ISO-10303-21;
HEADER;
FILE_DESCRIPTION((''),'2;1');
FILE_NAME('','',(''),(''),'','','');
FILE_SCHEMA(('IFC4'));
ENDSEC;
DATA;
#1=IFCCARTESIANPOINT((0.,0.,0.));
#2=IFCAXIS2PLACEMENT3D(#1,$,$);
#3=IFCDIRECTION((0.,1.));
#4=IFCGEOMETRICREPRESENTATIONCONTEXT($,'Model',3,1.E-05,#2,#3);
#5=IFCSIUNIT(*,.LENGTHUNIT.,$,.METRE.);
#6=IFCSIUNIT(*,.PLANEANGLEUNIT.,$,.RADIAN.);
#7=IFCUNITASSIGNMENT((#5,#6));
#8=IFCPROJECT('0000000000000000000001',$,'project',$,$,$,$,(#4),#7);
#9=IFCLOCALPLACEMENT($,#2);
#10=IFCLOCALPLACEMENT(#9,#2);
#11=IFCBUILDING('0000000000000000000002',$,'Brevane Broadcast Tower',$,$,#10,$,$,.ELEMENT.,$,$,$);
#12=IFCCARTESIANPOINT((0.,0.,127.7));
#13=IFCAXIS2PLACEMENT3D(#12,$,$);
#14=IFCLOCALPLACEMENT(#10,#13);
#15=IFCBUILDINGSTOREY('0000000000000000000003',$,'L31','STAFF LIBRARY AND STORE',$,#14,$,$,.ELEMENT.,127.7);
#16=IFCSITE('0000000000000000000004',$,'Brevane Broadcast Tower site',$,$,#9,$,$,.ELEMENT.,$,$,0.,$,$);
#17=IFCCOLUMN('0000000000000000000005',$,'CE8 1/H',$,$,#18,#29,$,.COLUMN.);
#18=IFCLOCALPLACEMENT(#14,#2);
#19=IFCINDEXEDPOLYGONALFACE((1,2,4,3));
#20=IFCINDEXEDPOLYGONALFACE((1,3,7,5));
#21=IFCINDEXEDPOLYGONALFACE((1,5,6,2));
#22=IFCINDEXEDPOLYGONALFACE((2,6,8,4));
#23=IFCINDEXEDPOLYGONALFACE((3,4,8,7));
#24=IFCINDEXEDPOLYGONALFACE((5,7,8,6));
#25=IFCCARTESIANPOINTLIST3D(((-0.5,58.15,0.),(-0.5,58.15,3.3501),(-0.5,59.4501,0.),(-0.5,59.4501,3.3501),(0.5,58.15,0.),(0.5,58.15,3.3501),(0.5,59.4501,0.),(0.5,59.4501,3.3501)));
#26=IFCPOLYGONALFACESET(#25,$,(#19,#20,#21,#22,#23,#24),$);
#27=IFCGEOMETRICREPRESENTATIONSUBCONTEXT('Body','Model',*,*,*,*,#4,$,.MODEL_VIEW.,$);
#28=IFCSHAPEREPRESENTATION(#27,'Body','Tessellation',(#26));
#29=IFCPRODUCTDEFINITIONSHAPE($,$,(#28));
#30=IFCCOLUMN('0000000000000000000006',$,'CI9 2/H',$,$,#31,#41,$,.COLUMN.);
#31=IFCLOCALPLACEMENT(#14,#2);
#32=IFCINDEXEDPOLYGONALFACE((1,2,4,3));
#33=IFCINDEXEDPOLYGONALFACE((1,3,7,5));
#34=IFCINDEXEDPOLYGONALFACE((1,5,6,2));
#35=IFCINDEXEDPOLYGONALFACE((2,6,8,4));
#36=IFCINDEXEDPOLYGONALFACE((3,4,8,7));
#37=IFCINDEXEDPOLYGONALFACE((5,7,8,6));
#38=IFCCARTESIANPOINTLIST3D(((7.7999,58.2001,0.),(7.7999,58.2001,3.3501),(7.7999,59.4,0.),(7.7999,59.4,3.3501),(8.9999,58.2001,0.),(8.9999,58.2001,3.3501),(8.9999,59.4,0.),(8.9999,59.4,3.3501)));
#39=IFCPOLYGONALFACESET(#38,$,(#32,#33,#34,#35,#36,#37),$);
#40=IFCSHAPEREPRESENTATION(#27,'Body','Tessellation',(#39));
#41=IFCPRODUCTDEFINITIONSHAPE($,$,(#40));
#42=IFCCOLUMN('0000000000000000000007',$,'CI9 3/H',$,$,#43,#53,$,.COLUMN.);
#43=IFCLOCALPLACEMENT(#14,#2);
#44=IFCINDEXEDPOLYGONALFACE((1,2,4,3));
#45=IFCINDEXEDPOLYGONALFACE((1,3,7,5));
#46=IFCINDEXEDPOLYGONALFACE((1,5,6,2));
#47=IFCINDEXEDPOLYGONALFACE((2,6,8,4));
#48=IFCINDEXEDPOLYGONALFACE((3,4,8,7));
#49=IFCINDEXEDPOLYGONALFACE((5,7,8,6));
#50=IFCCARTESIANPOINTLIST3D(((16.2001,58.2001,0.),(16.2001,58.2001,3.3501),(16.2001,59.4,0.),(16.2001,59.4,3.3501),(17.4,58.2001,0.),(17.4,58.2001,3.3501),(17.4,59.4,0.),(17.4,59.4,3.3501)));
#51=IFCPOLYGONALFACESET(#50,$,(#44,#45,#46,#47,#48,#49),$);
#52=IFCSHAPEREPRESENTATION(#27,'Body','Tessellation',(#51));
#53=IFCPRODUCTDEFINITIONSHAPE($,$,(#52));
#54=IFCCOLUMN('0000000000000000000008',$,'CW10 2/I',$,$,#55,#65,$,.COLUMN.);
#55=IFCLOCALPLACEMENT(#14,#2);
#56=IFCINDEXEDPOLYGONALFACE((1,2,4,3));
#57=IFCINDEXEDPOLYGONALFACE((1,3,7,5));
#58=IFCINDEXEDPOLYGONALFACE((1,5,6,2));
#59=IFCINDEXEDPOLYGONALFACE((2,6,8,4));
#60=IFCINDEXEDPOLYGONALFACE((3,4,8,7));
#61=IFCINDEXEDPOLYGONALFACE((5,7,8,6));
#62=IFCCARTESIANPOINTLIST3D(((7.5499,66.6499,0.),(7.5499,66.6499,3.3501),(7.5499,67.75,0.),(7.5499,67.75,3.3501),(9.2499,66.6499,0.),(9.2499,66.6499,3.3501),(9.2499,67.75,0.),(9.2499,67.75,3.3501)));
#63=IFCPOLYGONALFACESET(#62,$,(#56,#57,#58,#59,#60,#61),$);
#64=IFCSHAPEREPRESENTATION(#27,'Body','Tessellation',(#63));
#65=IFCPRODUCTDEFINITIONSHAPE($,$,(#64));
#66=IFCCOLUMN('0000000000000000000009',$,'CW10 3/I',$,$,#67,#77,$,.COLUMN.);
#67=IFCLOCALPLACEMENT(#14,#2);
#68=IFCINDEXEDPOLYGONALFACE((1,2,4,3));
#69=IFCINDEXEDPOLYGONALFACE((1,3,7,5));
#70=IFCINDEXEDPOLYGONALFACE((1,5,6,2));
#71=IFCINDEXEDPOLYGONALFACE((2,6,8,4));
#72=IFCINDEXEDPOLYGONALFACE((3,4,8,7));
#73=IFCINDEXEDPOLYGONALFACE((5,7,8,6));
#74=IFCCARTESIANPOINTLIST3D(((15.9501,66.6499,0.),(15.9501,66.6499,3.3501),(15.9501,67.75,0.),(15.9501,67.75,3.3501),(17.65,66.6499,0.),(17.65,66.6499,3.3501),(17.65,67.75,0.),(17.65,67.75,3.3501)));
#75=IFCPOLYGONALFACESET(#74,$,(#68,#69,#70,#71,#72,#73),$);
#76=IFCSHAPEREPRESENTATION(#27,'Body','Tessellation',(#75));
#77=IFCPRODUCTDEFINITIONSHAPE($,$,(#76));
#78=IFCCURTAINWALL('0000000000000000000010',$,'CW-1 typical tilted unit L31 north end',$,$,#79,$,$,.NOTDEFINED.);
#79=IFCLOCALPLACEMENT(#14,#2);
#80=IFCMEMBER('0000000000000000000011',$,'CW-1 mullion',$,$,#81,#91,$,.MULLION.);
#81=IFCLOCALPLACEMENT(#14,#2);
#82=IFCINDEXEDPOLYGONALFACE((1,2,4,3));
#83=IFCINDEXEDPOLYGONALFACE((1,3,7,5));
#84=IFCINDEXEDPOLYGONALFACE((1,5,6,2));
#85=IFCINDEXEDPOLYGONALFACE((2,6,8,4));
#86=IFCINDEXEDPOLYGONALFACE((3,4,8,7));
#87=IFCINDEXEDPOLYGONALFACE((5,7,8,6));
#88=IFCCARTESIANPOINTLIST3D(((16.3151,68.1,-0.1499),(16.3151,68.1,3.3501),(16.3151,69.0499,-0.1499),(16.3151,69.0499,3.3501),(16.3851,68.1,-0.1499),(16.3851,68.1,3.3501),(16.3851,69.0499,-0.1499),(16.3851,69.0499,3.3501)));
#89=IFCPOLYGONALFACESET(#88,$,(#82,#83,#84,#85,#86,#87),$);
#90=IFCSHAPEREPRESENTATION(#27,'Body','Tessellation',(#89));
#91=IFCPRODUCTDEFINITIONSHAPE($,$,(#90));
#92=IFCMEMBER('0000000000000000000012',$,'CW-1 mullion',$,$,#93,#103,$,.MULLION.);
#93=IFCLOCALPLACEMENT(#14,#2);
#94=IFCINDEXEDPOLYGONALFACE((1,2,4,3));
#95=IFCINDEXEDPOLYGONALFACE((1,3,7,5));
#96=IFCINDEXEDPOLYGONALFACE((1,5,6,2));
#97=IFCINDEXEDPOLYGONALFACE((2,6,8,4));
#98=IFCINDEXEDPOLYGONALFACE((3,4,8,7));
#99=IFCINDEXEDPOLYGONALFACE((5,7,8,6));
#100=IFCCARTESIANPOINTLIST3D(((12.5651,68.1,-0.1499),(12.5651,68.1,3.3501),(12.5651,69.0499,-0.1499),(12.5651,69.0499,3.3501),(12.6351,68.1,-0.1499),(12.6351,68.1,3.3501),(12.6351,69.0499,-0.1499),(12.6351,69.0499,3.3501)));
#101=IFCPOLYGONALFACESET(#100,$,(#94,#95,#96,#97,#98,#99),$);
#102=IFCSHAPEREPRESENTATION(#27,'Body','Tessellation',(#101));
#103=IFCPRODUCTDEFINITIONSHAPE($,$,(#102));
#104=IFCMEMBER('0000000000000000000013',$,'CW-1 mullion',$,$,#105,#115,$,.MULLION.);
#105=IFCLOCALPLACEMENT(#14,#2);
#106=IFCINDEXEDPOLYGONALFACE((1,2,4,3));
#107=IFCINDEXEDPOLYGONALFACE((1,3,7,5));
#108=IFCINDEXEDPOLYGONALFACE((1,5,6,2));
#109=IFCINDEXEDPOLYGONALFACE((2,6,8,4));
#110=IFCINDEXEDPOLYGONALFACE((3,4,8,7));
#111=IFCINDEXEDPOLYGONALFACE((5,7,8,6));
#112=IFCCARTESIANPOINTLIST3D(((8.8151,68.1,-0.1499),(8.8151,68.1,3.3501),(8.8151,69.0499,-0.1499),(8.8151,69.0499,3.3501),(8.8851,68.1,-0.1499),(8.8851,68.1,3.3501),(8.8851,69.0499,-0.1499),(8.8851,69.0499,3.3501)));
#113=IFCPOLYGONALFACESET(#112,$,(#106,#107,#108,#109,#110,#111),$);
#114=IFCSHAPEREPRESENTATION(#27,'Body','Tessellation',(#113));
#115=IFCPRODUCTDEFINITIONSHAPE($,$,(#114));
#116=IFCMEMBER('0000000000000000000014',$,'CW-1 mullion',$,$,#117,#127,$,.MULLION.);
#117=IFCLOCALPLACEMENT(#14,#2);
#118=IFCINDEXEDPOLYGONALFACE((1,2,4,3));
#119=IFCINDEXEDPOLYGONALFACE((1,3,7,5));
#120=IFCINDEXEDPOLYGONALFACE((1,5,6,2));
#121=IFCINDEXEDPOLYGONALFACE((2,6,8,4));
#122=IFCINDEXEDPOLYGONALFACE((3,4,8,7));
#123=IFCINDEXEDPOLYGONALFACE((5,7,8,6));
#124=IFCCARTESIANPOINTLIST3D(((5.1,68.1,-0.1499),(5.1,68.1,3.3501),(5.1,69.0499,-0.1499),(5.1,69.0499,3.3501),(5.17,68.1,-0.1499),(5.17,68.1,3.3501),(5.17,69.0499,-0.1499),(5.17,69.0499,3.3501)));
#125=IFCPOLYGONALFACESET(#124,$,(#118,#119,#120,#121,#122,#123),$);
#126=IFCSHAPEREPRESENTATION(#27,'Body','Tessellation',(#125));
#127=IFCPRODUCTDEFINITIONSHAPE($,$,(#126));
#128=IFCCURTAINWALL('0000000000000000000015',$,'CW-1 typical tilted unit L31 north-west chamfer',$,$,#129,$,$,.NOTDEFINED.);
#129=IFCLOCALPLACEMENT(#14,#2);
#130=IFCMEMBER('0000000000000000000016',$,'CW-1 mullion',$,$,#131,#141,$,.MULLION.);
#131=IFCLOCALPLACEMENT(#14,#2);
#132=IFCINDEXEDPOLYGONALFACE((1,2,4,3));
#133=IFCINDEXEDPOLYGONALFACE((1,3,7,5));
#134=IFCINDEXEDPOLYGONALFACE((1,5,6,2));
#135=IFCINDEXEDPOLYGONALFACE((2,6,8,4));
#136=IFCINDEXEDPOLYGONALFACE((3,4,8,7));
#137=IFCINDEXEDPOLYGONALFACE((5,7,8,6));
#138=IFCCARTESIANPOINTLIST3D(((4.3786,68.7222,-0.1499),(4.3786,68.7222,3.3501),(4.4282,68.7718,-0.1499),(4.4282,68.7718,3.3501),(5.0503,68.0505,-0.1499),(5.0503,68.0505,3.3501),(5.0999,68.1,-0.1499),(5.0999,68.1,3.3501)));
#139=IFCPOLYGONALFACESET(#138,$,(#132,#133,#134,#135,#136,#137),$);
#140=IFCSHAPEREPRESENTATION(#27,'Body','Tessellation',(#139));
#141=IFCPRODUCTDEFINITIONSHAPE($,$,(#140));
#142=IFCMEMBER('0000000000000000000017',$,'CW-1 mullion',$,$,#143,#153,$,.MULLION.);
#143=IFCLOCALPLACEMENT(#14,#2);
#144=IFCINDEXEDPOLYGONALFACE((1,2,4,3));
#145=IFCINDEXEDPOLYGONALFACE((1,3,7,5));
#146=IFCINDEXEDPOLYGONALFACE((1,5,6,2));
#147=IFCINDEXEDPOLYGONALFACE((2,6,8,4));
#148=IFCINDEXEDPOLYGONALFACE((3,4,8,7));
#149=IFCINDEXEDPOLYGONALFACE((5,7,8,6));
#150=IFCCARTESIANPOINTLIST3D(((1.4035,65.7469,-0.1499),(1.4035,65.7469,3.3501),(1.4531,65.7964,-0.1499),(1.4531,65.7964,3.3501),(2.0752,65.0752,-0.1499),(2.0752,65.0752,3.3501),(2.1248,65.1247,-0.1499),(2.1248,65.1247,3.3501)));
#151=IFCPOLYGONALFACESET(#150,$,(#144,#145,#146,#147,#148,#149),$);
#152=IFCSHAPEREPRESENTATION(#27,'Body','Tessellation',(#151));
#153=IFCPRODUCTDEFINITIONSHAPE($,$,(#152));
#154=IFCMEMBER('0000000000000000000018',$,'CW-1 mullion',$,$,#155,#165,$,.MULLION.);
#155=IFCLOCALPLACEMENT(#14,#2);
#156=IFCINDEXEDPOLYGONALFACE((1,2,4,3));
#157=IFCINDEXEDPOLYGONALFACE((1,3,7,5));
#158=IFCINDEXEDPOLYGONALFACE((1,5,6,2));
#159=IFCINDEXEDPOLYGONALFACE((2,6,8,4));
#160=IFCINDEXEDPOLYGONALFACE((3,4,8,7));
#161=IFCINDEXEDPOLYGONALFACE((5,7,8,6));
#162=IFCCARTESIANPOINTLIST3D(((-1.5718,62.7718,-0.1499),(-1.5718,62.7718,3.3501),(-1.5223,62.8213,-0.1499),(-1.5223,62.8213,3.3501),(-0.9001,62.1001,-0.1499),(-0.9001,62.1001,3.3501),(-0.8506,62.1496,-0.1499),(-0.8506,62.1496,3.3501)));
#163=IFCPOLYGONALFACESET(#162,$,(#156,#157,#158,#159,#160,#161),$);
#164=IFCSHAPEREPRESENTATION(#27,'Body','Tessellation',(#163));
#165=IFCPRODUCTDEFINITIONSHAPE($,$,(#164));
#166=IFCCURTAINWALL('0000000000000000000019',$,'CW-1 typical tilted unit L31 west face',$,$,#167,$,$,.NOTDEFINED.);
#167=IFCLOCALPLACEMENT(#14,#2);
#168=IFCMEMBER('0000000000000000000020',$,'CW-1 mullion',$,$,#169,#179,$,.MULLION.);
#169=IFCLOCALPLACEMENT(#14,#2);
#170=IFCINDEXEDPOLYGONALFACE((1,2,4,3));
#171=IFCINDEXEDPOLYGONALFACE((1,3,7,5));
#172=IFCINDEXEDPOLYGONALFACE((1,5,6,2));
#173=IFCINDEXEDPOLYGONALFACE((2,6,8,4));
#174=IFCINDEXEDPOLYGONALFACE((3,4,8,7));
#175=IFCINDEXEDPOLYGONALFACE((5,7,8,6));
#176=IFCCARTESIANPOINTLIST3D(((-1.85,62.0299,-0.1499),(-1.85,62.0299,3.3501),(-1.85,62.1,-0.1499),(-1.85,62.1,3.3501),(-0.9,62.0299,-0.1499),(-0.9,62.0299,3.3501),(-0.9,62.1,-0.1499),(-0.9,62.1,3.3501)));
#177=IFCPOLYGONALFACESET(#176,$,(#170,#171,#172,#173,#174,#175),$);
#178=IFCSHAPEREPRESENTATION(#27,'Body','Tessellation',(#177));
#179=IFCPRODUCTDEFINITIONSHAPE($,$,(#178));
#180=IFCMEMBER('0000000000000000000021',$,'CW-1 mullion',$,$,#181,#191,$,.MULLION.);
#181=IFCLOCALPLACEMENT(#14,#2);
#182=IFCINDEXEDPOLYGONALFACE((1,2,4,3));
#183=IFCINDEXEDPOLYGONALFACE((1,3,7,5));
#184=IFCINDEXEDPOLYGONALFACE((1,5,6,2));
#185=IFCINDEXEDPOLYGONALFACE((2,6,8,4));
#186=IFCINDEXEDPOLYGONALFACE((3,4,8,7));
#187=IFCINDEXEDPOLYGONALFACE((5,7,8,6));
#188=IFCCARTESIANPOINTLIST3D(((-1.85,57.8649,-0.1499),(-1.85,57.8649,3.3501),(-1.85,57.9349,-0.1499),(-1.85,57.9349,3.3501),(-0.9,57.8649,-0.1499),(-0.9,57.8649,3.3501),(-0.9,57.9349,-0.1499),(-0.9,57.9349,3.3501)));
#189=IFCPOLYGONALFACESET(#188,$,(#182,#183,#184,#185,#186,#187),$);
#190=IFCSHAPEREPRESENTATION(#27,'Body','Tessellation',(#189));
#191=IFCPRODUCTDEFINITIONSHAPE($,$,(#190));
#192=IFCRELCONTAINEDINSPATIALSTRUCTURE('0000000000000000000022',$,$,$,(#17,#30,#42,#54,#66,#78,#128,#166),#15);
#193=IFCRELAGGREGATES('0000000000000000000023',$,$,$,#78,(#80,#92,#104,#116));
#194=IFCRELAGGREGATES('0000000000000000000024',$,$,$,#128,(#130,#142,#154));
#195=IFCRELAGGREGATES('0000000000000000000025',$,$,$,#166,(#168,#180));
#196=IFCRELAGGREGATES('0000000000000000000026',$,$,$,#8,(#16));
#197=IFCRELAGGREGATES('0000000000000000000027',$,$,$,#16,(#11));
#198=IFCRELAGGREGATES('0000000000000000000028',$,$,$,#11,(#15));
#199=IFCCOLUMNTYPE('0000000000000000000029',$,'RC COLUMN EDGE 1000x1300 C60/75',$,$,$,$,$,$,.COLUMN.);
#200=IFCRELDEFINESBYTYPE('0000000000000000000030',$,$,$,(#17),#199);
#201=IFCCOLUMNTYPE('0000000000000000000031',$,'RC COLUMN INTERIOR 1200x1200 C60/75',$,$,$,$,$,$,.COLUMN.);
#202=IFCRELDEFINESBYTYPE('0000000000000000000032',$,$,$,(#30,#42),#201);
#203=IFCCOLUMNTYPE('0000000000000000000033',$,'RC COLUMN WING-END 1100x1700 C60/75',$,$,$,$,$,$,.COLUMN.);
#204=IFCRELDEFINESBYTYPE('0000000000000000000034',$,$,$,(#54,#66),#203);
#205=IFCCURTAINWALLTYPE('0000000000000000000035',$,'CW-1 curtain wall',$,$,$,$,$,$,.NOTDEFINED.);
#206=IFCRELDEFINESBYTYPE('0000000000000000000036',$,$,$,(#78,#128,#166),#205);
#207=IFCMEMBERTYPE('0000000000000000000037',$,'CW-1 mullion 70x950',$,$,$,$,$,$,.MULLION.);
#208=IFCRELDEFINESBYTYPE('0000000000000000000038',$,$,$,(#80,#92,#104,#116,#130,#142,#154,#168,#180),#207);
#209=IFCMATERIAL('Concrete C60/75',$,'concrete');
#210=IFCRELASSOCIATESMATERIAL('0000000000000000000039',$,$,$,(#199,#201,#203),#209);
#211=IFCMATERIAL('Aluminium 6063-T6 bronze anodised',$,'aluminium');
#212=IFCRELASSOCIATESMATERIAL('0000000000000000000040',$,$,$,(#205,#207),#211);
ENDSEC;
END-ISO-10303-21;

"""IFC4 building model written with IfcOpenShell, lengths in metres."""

from ifc_helpers import new_model, si_unit, direction, frame, origin, origin_2d, place, context, subcontext, project, spatial, rectangle, extrude, material, material_profile, profile_set, type_object, element, aggregate, save


model = new_model("IFC4")

# Units and contexts
model_context = context("Model", 3, precision=1e-05, world=origin(), true_north=direction((0.0, 1.0)))
body_context = subcontext(model_context, "Body", "Model", "MODEL_VIEW")
ifc_project = project(units=[si_unit("LENGTHUNIT", "METRE"), si_unit("PLANEANGLEUNIT", "RADIAN")], contexts=[model_context])

# Site, building, storey
site_placement = place(None, origin())
site = spatial("IfcSite", under=ifc_project, at=site_placement, Name="Brevane Broadcast Tower site", CompositionType="ELEMENT", RefElevation=0.0)
building_placement = place(site_placement, origin())
building = spatial("IfcBuilding", under=site, at=building_placement, Name="Brevane Broadcast Tower", CompositionType="ELEMENT")
storey_placement = place(building_placement, frame((0.0, 0.0, 127.7)))
storey = spatial("IfcBuildingStorey", under=building, at=storey_placement, Name="L31", Description="STAFF LIBRARY AND STORE", CompositionType="ELEMENT", Elevation=127.7)

# Columns
ifc_material_1 = material(Name="Concrete C60/75", Category="concrete")
ifc_material_profile_1 = material_profile(ifc_material_1, rectangle(XDim=1.0, YDim=1.3, at=origin_2d()), Name="RC 1000x1300")
ifc_profile_set_1 = profile_set([ifc_material_profile_1], Name="Concrete C60/75")
column_type_1 = type_object("IfcColumnType", Name="RC COLUMN EDGE 1000x1300 C60/75", PredefinedType="COLUMN", material=ifc_profile_set_1)
column_placement = place(storey_placement, frame((0.0, 58.8, 0.0), z_axis=(0.0, 0.0, 1.0), x_axis=(1.0, 0.0, 0.0)))
element("IfcColumn", 1, at=column_placement, inside=storey, type_object=column_type_1, Name="CE8 1/H", PredefinedType="COLUMN", context=body_context, shape_type="SweptSolid", body=[
    extrude(rectangle(XDim=1.0, YDim=1.3, at=origin_2d()), origin(), (0.0, 0.0, 1.0), 3.3501),
])
ifc_material_profile_2 = material_profile(ifc_material_1, rectangle(XDim=1.2, YDim=1.2, at=origin_2d()), Name="RC 1200x1200")
ifc_profile_set_2 = profile_set([ifc_material_profile_2], Name="Concrete C60/75")
column_type_2 = type_object("IfcColumnType", Name="RC COLUMN INTERIOR 1200x1200 C60/75", PredefinedType="COLUMN", material=ifc_profile_set_2)
for number, where, z_axis, x_axis, name in (
    (2, (8.3999, 58.8, 0.0), (0.0, 0.0, 1.0), (1.0, 0.0, 0.0), "CI9 2/H"),
    (3, (16.8, 58.8, 0.0), (0.0, 0.0, 1.0), (1.0, 0.0, 0.0), "CI9 3/H"),
):
    element("IfcColumn", number, at=place(storey_placement, frame(where, z_axis=z_axis, x_axis=x_axis)), inside=storey, type_object=column_type_2, Name=name, PredefinedType="COLUMN", context=body_context, shape_type="SweptSolid", body=[
        extrude(rectangle(XDim=1.2, YDim=1.2, at=origin_2d()), origin(), (0.0, 0.0, 1.0), 3.3501),
    ])
ifc_material_profile_3 = material_profile(ifc_material_1, rectangle(XDim=1.1001, YDim=1.7, at=origin_2d()), Name="RC 1100x1700")
ifc_profile_set_3 = profile_set([ifc_material_profile_3], Name="Concrete C60/75")
column_type_3 = type_object("IfcColumnType", Name="RC COLUMN WING-END 1100x1700 C60/75", PredefinedType="COLUMN", material=ifc_profile_set_3)
for number, where, z_axis, x_axis, name in (
    (4, (8.3999, 67.2, 0.0), (0.0, 0.0, 1.0), (0.0, 1.0, 0.0), "CW10 2/I"),
    (5, (16.8, 67.2, 0.0), (0.0, 0.0, 1.0), (0.0, 1.0, 0.0), "CW10 3/I"),
):
    element("IfcColumn", number, at=place(storey_placement, frame(where, z_axis=z_axis, x_axis=x_axis)), inside=storey, type_object=column_type_3, Name=name, PredefinedType="COLUMN", context=body_context, shape_type="SweptSolid", body=[
        extrude(rectangle(XDim=1.1001, YDim=1.7, at=origin_2d()), origin(), (0.0, 0.0, 1.0), 3.3501),
    ])

# Curtain walls, members
ifc_material_2 = material(Name="Aluminium 6063-T6 bronze anodised", Category="aluminium")
curtain_wall_type = type_object("IfcCurtainWallType", Name="CW-1 curtain wall", PredefinedType="NOTDEFINED", material=ifc_material_2)
curtain_wall_1_placement = place(storey_placement, origin())
curtain_wall_1 = element("IfcCurtainWall", 6, at=curtain_wall_1_placement, inside=storey, type_object=curtain_wall_type, Name="CW-1 typical tilted unit L31 north end", PredefinedType="NOTDEFINED")
ifc_material_profile_4 = material_profile(ifc_material_2, rectangle(XDim=0.95, YDim=0.0701, at=origin_2d()), Name="RECT 70x950")
ifc_profile_set_4 = profile_set([ifc_material_profile_4], Name="Aluminium 6063-T6 bronze anodised")
member_type_1 = type_object("IfcMemberType", Name="CW-1 mullion 70x950", PredefinedType="MULLION", material=ifc_profile_set_4)
member_1_placement = place(storey_placement, frame((16.3501, 68.575, -0.1499), z_axis=(0.0, 0.0, 1.0), x_axis=(0.0, -1.0, 0.0)))
member_1 = element("IfcMember", 7, at=member_1_placement, type_object=member_type_1, Name="CW-1 mullion", PredefinedType="MULLION", context=body_context, shape_type="SweptSolid", body=[
    extrude(rectangle(XDim=0.95, YDim=0.0701, at=origin_2d()), origin(), (0.0, 0.0, 1.0), 3.5),
])
member_2_placement = place(storey_placement, frame((12.6001, 68.575, -0.1499), z_axis=(0.0, 0.0, 1.0), x_axis=(0.0, -1.0, 0.0)))
member_2 = element("IfcMember", 8, at=member_2_placement, type_object=member_type_1, Name="CW-1 mullion", PredefinedType="MULLION", context=body_context, shape_type="SweptSolid", body=[
    extrude(rectangle(XDim=0.95, YDim=0.0701, at=origin_2d()), origin(), (0.0, 0.0, 1.0), 3.5),
])
member_3_placement = place(storey_placement, frame((8.8501, 68.575, -0.1499), z_axis=(0.0, 0.0, 1.0), x_axis=(0.0, -1.0, 0.0)))
member_3 = element("IfcMember", 9, at=member_3_placement, type_object=member_type_1, Name="CW-1 mullion", PredefinedType="MULLION", context=body_context, shape_type="SweptSolid", body=[
    extrude(rectangle(XDim=0.95, YDim=0.0701, at=origin_2d()), origin(), (0.0, 0.0, 1.0), 3.5),
])
member_4_placement = place(storey_placement, frame((5.135, 68.575, -0.1499), z_axis=(0.0, 0.0, 1.0), x_axis=(0.0, -1.0, 0.0)))
member_4 = element("IfcMember", 10, at=member_4_placement, type_object=member_type_1, Name="CW-1 mullion", PredefinedType="MULLION", context=body_context, shape_type="SweptSolid", body=[
    extrude(rectangle(XDim=0.95, YDim=0.0701, at=origin_2d()), origin(), (0.0, 0.0, 1.0), 3.5),
])
aggregate(curtain_wall_1, [member_1, member_2, member_3, member_4])
curtain_wall_2_placement = place(storey_placement, origin())
curtain_wall_2 = element("IfcCurtainWall", 11, at=curtain_wall_2_placement, inside=storey, type_object=curtain_wall_type, Name="CW-1 typical tilted unit L31 north-west chamfer", PredefinedType="NOTDEFINED")
member_5_placement = place(storey_placement, frame((4.7393, 68.4111, -0.1499), z_axis=(0.0, 0.0, 1.0), x_axis=(0.707107, -0.707107, 0.0)))
member_5 = element("IfcMember", 12, at=member_5_placement, type_object=member_type_1, Name="CW-1 mullion", PredefinedType="MULLION", context=body_context, shape_type="SweptSolid", body=[
    extrude(rectangle(XDim=0.95, YDim=0.0701, at=origin_2d()), origin(), (0.0, 0.0, 1.0), 3.5),
])
member_6_placement = place(storey_placement, frame((1.7642, 65.4358, -0.1499), z_axis=(0.0, 0.0, 1.0), x_axis=(0.707107, -0.707107, 0.0)))
member_6 = element("IfcMember", 13, at=member_6_placement, type_object=member_type_1, Name="CW-1 mullion", PredefinedType="MULLION", context=body_context, shape_type="SweptSolid", body=[
    extrude(rectangle(XDim=0.95, YDim=0.0701, at=origin_2d()), origin(), (0.0, 0.0, 1.0), 3.5),
])
member_7_placement = place(storey_placement, frame((-1.2112, 62.4607, -0.1499), z_axis=(0.0, 0.0, 1.0), x_axis=(0.707107, -0.707107, 0.0)))
member_7 = element("IfcMember", 14, at=member_7_placement, type_object=member_type_1, Name="CW-1 mullion", PredefinedType="MULLION", context=body_context, shape_type="SweptSolid", body=[
    extrude(rectangle(XDim=0.95, YDim=0.0701, at=origin_2d()), origin(), (0.0, 0.0, 1.0), 3.5),
])
curtain_wall_3_placement = place(storey_placement, origin())
curtain_wall_3 = element("IfcCurtainWall", 15, at=curtain_wall_3_placement, inside=storey, type_object=curtain_wall_type, Name="CW-1 typical tilted unit L31 west face", PredefinedType="NOTDEFINED")
member_8_placement = place(storey_placement, frame((-1.375, 62.0649, -0.1499), z_axis=(0.0, 0.0, 1.0), x_axis=(1.0, 0.0, 0.0)))
member_8 = element("IfcMember", 16, at=member_8_placement, type_object=member_type_1, Name="CW-1 mullion", PredefinedType="MULLION", context=body_context, shape_type="SweptSolid", body=[
    extrude(rectangle(XDim=0.95, YDim=0.0701, at=origin_2d()), origin(), (0.0, 0.0, 1.0), 3.5),
])
member_9_placement = place(storey_placement, frame((-1.375, 57.8999, -0.1499), z_axis=(0.0, 0.0, 1.0), x_axis=(1.0, 0.0, 0.0)))
member_9 = element("IfcMember", 17, at=member_9_placement, type_object=member_type_1, Name="CW-1 mullion", PredefinedType="MULLION", context=body_context, shape_type="SweptSolid", body=[
    extrude(rectangle(XDim=0.95, YDim=0.0701, at=origin_2d()), origin(), (0.0, 0.0, 1.0), 3.5),
])

aggregate(curtain_wall_2, [member_5, member_6, member_7])
aggregate(curtain_wall_3, [member_8, member_9])

save(model, "model.ifc")
